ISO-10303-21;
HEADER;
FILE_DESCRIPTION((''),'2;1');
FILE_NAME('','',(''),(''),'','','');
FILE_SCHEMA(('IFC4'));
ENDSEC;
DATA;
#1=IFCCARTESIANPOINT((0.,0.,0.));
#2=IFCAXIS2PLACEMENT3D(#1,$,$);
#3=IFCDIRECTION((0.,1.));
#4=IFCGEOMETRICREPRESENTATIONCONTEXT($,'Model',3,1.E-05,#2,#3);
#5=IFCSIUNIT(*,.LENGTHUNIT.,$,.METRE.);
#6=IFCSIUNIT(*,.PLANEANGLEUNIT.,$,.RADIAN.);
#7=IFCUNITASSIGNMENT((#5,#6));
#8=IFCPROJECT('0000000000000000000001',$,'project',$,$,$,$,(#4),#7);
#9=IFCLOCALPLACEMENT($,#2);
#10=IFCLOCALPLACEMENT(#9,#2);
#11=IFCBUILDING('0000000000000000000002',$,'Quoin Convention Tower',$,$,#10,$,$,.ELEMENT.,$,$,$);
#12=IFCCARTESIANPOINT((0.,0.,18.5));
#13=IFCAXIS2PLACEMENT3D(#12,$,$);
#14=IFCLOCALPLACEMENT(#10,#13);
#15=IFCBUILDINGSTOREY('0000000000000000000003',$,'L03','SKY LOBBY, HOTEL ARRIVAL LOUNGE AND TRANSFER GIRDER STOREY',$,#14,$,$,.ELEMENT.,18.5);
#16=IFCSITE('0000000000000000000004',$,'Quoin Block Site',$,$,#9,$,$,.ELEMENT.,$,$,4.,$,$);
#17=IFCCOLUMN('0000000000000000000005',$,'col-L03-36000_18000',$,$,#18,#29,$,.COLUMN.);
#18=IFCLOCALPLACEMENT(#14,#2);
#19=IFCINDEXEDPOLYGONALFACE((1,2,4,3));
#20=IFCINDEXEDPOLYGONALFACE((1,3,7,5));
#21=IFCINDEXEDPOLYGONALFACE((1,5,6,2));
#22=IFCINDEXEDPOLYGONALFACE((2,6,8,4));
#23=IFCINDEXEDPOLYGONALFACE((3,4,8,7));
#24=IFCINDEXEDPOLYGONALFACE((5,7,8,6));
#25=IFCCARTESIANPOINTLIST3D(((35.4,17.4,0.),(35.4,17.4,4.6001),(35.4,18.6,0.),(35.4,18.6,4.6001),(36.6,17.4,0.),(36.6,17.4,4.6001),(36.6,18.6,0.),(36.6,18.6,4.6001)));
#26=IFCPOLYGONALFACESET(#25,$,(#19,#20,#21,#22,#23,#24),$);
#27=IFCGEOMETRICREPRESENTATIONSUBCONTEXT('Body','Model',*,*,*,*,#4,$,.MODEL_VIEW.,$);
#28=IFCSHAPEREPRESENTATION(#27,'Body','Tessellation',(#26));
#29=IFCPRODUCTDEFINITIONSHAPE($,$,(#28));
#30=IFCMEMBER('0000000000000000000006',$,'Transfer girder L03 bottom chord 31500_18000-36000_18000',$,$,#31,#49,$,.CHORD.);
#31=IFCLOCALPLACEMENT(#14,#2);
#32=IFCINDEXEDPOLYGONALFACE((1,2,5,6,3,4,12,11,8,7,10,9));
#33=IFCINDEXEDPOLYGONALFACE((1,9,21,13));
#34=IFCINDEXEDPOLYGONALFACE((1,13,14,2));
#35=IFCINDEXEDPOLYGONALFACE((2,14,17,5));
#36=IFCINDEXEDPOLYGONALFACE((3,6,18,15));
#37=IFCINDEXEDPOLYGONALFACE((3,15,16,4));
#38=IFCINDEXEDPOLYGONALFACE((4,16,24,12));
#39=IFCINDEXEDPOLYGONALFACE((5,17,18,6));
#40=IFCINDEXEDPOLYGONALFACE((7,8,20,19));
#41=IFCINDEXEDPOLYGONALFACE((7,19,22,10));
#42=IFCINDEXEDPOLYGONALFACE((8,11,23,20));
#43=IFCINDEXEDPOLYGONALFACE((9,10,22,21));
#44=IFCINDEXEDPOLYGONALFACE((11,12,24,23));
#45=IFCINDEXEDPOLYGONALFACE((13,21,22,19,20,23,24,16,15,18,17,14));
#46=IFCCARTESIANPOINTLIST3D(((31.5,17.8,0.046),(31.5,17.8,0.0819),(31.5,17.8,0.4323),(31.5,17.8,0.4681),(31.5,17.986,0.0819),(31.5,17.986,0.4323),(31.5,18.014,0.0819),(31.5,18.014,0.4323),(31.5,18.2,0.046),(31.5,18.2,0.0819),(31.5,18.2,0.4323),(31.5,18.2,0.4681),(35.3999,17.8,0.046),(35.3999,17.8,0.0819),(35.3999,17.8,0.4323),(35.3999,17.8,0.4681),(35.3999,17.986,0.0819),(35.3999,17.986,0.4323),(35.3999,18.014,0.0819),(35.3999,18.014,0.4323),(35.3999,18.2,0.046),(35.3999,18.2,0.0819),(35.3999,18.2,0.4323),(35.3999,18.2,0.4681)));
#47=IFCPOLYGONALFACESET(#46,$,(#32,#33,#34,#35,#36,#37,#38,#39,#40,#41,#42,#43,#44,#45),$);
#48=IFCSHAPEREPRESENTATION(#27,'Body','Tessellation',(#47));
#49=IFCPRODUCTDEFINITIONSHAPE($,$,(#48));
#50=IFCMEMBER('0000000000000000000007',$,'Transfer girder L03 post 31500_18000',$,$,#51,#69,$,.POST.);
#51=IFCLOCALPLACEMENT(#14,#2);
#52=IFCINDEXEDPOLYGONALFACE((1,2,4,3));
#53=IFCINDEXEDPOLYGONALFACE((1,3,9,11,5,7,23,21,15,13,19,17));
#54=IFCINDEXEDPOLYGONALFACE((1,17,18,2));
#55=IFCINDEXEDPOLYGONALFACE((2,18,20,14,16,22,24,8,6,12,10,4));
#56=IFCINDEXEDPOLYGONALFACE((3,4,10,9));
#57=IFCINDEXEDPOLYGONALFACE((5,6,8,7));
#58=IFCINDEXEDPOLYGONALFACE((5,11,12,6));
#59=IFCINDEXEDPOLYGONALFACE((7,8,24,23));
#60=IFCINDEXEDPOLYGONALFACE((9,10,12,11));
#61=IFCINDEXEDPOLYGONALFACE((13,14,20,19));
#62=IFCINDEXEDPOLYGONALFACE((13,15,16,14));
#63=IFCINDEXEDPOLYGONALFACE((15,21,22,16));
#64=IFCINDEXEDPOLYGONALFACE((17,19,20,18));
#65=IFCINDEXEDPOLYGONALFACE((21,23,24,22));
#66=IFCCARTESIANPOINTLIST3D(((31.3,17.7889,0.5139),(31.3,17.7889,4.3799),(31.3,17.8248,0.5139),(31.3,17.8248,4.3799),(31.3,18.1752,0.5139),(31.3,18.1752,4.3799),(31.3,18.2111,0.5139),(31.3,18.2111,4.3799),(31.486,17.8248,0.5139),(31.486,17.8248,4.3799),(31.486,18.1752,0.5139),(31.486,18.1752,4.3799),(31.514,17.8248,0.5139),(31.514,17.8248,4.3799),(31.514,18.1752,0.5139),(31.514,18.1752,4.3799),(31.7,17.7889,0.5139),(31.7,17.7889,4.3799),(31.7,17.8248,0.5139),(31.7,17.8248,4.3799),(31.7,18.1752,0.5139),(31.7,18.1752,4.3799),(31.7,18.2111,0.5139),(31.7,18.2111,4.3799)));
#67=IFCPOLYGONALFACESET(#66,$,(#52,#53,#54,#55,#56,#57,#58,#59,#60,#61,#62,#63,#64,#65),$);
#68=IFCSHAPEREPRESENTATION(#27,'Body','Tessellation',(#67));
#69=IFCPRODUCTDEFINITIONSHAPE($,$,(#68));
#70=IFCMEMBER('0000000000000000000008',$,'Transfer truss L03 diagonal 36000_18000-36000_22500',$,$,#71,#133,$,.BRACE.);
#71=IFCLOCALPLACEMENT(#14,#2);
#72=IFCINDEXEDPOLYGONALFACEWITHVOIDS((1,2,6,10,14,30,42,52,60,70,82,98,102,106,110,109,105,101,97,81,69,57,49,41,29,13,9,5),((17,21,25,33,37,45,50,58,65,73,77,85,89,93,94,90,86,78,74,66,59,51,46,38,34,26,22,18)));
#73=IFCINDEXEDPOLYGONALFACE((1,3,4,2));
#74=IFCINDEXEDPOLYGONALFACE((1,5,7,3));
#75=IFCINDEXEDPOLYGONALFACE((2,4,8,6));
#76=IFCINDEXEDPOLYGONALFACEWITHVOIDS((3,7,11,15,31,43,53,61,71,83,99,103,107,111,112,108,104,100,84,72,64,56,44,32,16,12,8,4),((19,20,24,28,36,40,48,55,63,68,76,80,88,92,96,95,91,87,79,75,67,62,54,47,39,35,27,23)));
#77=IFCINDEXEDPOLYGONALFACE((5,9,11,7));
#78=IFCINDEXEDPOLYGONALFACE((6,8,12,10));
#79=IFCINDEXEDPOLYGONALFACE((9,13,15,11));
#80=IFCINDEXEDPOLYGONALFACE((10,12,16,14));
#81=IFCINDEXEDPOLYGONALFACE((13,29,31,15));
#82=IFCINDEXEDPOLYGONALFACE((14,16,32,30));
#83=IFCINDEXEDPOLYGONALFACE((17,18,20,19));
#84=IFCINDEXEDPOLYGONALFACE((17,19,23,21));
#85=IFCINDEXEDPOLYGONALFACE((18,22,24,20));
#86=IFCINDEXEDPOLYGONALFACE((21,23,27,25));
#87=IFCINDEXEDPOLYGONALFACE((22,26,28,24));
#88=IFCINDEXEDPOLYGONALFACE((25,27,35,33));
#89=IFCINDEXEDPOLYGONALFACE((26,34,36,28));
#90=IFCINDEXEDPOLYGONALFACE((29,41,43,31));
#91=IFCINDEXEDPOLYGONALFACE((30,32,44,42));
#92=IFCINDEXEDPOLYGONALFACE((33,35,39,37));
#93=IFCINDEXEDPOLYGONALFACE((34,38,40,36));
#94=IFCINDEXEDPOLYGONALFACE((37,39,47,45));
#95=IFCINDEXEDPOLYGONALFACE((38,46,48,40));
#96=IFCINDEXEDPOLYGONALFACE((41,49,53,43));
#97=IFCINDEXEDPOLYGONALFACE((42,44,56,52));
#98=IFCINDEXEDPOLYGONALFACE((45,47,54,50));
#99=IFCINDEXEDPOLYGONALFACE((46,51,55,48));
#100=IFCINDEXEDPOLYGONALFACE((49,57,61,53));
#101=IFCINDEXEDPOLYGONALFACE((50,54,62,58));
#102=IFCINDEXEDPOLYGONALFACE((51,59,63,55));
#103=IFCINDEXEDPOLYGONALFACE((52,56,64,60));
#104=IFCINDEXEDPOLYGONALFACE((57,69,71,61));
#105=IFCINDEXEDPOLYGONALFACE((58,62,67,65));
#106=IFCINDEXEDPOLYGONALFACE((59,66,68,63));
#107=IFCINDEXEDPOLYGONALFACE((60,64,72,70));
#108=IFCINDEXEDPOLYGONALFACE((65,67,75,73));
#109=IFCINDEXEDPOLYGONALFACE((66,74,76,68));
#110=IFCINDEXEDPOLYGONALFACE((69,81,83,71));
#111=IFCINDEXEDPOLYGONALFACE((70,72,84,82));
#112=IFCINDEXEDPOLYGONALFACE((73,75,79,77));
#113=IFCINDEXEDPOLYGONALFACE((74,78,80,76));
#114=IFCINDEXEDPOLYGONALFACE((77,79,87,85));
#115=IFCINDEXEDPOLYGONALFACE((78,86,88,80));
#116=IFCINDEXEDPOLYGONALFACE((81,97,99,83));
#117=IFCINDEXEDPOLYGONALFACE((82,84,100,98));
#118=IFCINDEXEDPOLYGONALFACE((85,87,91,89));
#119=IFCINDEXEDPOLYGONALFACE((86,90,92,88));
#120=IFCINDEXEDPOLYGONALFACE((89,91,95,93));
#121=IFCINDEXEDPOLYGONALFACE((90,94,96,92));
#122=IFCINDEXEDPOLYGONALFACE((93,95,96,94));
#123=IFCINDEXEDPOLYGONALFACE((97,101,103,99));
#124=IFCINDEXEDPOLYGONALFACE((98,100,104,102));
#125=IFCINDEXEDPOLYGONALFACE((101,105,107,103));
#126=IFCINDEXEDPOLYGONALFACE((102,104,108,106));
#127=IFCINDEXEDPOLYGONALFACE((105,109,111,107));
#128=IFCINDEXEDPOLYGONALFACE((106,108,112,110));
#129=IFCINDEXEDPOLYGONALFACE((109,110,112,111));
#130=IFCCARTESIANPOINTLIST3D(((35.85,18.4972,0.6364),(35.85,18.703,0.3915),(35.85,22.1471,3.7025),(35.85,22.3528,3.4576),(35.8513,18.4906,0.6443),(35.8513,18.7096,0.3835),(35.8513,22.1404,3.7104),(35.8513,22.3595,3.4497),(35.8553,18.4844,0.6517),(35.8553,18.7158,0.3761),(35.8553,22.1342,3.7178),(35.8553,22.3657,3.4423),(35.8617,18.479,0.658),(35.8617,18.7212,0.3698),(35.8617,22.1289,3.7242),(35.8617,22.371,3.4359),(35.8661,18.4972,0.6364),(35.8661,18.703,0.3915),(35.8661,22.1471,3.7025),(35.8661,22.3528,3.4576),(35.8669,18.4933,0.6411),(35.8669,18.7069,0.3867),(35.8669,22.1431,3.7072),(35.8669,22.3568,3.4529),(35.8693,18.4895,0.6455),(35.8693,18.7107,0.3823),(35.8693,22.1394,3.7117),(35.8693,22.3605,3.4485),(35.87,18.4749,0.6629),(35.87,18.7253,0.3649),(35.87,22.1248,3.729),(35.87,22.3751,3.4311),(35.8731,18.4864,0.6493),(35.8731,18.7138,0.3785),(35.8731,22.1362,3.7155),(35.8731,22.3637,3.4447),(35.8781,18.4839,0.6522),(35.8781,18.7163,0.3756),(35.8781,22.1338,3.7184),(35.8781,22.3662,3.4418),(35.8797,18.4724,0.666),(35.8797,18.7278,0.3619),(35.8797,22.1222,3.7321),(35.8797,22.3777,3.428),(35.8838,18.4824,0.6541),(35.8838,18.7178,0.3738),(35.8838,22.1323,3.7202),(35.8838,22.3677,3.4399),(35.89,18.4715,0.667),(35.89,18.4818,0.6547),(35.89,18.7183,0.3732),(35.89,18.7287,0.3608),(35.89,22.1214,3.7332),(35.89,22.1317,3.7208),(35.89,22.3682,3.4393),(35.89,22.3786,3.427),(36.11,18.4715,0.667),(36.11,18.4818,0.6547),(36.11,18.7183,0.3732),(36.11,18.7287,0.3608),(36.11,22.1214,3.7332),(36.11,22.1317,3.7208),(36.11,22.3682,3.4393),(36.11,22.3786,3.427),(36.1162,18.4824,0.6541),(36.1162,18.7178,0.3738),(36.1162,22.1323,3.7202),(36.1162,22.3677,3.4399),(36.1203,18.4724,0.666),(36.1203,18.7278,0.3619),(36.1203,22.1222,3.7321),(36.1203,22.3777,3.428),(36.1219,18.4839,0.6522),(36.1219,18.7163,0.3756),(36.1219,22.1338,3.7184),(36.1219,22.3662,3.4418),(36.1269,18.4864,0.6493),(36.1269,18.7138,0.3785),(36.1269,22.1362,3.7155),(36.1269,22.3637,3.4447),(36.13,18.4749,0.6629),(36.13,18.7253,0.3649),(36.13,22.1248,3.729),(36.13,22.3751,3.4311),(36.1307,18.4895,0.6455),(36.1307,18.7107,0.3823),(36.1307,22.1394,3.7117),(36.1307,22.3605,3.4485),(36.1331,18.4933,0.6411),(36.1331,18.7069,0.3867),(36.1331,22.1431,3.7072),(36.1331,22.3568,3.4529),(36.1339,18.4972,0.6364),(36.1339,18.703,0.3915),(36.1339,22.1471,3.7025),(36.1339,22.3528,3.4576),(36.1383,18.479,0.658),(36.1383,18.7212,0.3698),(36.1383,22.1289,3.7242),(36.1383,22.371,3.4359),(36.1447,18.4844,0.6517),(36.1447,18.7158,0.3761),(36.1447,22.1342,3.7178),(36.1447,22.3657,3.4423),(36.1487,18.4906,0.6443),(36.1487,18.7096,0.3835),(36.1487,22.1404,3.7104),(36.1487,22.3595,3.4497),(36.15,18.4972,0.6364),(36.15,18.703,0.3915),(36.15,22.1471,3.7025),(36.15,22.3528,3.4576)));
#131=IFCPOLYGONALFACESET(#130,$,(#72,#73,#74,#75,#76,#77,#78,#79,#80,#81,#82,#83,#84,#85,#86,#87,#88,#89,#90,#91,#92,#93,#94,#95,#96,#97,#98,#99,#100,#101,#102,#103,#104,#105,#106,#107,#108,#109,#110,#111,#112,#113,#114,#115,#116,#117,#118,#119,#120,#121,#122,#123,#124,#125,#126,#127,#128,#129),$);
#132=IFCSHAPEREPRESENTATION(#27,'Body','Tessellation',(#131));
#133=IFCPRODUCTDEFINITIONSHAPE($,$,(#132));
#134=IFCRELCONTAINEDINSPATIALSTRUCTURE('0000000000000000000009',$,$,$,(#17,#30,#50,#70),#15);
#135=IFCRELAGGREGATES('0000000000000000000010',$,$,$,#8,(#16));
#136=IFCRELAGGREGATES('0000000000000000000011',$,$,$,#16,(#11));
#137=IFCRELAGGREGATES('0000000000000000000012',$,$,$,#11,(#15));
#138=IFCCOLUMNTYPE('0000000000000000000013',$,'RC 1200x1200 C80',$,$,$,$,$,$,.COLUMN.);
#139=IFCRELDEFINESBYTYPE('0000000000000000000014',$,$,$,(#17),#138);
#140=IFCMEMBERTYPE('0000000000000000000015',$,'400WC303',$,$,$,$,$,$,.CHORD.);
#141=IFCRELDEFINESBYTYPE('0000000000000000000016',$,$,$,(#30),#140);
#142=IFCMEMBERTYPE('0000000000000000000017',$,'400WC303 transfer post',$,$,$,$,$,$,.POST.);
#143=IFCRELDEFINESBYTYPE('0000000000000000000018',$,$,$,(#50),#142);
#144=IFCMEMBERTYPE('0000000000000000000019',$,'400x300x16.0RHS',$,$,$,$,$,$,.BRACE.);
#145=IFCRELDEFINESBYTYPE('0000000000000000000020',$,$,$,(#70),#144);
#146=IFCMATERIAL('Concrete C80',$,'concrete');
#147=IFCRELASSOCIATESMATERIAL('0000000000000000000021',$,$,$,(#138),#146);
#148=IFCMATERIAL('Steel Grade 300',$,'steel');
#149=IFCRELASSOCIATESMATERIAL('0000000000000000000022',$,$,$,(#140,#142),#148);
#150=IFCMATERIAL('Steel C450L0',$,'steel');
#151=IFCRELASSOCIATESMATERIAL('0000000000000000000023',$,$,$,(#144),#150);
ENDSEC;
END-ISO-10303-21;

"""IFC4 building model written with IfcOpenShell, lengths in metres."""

from ifc_helpers import new_model, si_unit, direction, frame, origin, origin_2d, place, context, subcontext, project, spatial, rectangle, hollow_rectangle, i_section, extrude, material, material_profile, profile_set, type_object, element, save


model = new_model("IFC4")

# Units and contexts
model_context = context("Model", 3, precision=1e-05, world=origin(), true_north=direction((0.0, 1.0)))
body_context = subcontext(model_context, "Body", "Model", "MODEL_VIEW")
ifc_project = project(units=[si_unit("LENGTHUNIT", "METRE"), si_unit("PLANEANGLEUNIT", "RADIAN")], contexts=[model_context])

# Site, building, storey
site_placement = place(None, origin())
site = spatial("IfcSite", under=ifc_project, at=site_placement, Name="Quoin Block Site", CompositionType="ELEMENT", RefElevation=4.0)
building_placement = place(site_placement, origin())
building = spatial("IfcBuilding", under=site, at=building_placement, Name="Quoin Convention Tower", CompositionType="ELEMENT")
storey_placement = place(building_placement, frame((0.0, 0.0, 18.5)))
storey = spatial("IfcBuildingStorey", under=building, at=storey_placement, Name="L03", Description="SKY LOBBY, HOTEL ARRIVAL LOUNGE AND TRANSFER GIRDER STOREY", CompositionType="ELEMENT", Elevation=18.5)

# Column
ifc_material_1 = material(Name="Concrete C80", Category="concrete")
ifc_material_profile_1 = material_profile(ifc_material_1, rectangle(XDim=1.2, YDim=1.2, at=origin_2d()), Name="RC 1200x1200")
ifc_profile_set_1 = profile_set([ifc_material_profile_1], Name="Concrete C80")
column_type = type_object("IfcColumnType", Name="RC 1200x1200 C80", PredefinedType="COLUMN", material=ifc_profile_set_1)
column_placement = place(storey_placement, frame((36.0, 18.0, 0.0), z_axis=(0.0, 0.0, 1.0), x_axis=(1.0, 0.0, 0.0)))
element("IfcColumn", 1, at=column_placement, inside=storey, type_object=column_type, Name="col-L03-36000_18000", PredefinedType="COLUMN", context=body_context, shape_type="SweptSolid", body=[
    extrude(rectangle(XDim=1.2, YDim=1.2, at=origin_2d()), origin(), (0.0, 0.0, 1.0), 4.6001),
])

# Members
ifc_material_2 = material(Name="Steel Grade 300", Category="steel")
ifc_material_profile_2 = material_profile(ifc_material_2, i_section(OverallWidth=0.3999, OverallDepth=0.4221, WebThickness=0.0281, FlangeThickness=0.0359, at=origin_2d()), Name="400WC303")
ifc_profile_set_2 = profile_set([ifc_material_profile_2], Name="Steel Grade 300")
member_type_1 = type_object("IfcMemberType", Name="400WC303", PredefinedType="CHORD", material=ifc_profile_set_2)
member_1_placement = place(storey_placement, frame((31.5, 18.0, 0.2571), z_axis=(1.0, 0.0, 0.0), x_axis=(0.0, 1.0, 0.0)))
element("IfcMember", 2, at=member_1_placement, inside=storey, type_object=member_type_1, Name="Transfer girder L03 bottom chord 31500_18000-36000_18000", PredefinedType="CHORD", context=body_context, shape_type="SweptSolid", body=[
    extrude(i_section(OverallWidth=0.3999, OverallDepth=0.4221, WebThickness=0.0281, FlangeThickness=0.0359, at=origin_2d()), origin(), (0.0, 0.0, 1.0), 3.8999),
])
ifc_material_profile_3 = material_profile(ifc_material_2, i_section(OverallWidth=0.3999, OverallDepth=0.4221, WebThickness=0.0281, FlangeThickness=0.0359, at=origin_2d()), Name="400WC303")
ifc_profile_set_3 = profile_set([ifc_material_profile_3], Name="Steel Grade 300")
member_type_2 = type_object("IfcMemberType", Name="400WC303 transfer post", PredefinedType="POST", material=ifc_profile_set_3)
member_2_placement = place(storey_placement, frame((31.5, 18.0, 0.5139), z_axis=(0.0, 0.0, 1.0), x_axis=(1.0, 0.0, 0.0)))
element("IfcMember", 3, at=member_2_placement, inside=storey, type_object=member_type_2, Name="Transfer girder L03 post 31500_18000", PredefinedType="POST", context=body_context, shape_type="SweptSolid", body=[
    extrude(i_section(OverallWidth=0.3999, OverallDepth=0.4221, WebThickness=0.0281, FlangeThickness=0.0359, at=origin_2d()), origin(), (0.0, 0.0, 1.0), 3.866),
])
ifc_material_3 = material(Name="Steel C450L0", Category="steel")
ifc_material_profile_4 = material_profile(ifc_material_3, hollow_rectangle(XDim=0.3, YDim=0.3999, WallThickness=0.0161, InnerFilletRadius=0.0239, OuterFilletRadius=0.04, at=origin_2d()), Name="400x300x16.0RHS")
ifc_profile_set_4 = profile_set([ifc_material_profile_4], Name="Steel C450L0")
member_type_3 = type_object("IfcMemberType", Name="400x300x16.0RHS", PredefinedType="BRACE", material=ifc_profile_set_4)
member_3_placement = place(storey_placement, frame((36.0, 18.6001, 0.5139), z_axis=(0.0, 0.76568, 0.643222), x_axis=(-1.0, 0.0, 0.0)))
element("IfcMember", 4, at=member_3_placement, inside=storey, type_object=member_type_3, Name="Transfer truss L03 diagonal 36000_18000-36000_22500", PredefinedType="BRACE", context=body_context, shape_type="SweptSolid", body=[
    extrude(hollow_rectangle(XDim=0.3, YDim=0.3999, WallThickness=0.0161, InnerFilletRadius=0.0239, OuterFilletRadius=0.04, at=origin_2d()), origin(), (0.0, 0.0, 1.0), 4.7668),
])

save(model, "model.ifc")
